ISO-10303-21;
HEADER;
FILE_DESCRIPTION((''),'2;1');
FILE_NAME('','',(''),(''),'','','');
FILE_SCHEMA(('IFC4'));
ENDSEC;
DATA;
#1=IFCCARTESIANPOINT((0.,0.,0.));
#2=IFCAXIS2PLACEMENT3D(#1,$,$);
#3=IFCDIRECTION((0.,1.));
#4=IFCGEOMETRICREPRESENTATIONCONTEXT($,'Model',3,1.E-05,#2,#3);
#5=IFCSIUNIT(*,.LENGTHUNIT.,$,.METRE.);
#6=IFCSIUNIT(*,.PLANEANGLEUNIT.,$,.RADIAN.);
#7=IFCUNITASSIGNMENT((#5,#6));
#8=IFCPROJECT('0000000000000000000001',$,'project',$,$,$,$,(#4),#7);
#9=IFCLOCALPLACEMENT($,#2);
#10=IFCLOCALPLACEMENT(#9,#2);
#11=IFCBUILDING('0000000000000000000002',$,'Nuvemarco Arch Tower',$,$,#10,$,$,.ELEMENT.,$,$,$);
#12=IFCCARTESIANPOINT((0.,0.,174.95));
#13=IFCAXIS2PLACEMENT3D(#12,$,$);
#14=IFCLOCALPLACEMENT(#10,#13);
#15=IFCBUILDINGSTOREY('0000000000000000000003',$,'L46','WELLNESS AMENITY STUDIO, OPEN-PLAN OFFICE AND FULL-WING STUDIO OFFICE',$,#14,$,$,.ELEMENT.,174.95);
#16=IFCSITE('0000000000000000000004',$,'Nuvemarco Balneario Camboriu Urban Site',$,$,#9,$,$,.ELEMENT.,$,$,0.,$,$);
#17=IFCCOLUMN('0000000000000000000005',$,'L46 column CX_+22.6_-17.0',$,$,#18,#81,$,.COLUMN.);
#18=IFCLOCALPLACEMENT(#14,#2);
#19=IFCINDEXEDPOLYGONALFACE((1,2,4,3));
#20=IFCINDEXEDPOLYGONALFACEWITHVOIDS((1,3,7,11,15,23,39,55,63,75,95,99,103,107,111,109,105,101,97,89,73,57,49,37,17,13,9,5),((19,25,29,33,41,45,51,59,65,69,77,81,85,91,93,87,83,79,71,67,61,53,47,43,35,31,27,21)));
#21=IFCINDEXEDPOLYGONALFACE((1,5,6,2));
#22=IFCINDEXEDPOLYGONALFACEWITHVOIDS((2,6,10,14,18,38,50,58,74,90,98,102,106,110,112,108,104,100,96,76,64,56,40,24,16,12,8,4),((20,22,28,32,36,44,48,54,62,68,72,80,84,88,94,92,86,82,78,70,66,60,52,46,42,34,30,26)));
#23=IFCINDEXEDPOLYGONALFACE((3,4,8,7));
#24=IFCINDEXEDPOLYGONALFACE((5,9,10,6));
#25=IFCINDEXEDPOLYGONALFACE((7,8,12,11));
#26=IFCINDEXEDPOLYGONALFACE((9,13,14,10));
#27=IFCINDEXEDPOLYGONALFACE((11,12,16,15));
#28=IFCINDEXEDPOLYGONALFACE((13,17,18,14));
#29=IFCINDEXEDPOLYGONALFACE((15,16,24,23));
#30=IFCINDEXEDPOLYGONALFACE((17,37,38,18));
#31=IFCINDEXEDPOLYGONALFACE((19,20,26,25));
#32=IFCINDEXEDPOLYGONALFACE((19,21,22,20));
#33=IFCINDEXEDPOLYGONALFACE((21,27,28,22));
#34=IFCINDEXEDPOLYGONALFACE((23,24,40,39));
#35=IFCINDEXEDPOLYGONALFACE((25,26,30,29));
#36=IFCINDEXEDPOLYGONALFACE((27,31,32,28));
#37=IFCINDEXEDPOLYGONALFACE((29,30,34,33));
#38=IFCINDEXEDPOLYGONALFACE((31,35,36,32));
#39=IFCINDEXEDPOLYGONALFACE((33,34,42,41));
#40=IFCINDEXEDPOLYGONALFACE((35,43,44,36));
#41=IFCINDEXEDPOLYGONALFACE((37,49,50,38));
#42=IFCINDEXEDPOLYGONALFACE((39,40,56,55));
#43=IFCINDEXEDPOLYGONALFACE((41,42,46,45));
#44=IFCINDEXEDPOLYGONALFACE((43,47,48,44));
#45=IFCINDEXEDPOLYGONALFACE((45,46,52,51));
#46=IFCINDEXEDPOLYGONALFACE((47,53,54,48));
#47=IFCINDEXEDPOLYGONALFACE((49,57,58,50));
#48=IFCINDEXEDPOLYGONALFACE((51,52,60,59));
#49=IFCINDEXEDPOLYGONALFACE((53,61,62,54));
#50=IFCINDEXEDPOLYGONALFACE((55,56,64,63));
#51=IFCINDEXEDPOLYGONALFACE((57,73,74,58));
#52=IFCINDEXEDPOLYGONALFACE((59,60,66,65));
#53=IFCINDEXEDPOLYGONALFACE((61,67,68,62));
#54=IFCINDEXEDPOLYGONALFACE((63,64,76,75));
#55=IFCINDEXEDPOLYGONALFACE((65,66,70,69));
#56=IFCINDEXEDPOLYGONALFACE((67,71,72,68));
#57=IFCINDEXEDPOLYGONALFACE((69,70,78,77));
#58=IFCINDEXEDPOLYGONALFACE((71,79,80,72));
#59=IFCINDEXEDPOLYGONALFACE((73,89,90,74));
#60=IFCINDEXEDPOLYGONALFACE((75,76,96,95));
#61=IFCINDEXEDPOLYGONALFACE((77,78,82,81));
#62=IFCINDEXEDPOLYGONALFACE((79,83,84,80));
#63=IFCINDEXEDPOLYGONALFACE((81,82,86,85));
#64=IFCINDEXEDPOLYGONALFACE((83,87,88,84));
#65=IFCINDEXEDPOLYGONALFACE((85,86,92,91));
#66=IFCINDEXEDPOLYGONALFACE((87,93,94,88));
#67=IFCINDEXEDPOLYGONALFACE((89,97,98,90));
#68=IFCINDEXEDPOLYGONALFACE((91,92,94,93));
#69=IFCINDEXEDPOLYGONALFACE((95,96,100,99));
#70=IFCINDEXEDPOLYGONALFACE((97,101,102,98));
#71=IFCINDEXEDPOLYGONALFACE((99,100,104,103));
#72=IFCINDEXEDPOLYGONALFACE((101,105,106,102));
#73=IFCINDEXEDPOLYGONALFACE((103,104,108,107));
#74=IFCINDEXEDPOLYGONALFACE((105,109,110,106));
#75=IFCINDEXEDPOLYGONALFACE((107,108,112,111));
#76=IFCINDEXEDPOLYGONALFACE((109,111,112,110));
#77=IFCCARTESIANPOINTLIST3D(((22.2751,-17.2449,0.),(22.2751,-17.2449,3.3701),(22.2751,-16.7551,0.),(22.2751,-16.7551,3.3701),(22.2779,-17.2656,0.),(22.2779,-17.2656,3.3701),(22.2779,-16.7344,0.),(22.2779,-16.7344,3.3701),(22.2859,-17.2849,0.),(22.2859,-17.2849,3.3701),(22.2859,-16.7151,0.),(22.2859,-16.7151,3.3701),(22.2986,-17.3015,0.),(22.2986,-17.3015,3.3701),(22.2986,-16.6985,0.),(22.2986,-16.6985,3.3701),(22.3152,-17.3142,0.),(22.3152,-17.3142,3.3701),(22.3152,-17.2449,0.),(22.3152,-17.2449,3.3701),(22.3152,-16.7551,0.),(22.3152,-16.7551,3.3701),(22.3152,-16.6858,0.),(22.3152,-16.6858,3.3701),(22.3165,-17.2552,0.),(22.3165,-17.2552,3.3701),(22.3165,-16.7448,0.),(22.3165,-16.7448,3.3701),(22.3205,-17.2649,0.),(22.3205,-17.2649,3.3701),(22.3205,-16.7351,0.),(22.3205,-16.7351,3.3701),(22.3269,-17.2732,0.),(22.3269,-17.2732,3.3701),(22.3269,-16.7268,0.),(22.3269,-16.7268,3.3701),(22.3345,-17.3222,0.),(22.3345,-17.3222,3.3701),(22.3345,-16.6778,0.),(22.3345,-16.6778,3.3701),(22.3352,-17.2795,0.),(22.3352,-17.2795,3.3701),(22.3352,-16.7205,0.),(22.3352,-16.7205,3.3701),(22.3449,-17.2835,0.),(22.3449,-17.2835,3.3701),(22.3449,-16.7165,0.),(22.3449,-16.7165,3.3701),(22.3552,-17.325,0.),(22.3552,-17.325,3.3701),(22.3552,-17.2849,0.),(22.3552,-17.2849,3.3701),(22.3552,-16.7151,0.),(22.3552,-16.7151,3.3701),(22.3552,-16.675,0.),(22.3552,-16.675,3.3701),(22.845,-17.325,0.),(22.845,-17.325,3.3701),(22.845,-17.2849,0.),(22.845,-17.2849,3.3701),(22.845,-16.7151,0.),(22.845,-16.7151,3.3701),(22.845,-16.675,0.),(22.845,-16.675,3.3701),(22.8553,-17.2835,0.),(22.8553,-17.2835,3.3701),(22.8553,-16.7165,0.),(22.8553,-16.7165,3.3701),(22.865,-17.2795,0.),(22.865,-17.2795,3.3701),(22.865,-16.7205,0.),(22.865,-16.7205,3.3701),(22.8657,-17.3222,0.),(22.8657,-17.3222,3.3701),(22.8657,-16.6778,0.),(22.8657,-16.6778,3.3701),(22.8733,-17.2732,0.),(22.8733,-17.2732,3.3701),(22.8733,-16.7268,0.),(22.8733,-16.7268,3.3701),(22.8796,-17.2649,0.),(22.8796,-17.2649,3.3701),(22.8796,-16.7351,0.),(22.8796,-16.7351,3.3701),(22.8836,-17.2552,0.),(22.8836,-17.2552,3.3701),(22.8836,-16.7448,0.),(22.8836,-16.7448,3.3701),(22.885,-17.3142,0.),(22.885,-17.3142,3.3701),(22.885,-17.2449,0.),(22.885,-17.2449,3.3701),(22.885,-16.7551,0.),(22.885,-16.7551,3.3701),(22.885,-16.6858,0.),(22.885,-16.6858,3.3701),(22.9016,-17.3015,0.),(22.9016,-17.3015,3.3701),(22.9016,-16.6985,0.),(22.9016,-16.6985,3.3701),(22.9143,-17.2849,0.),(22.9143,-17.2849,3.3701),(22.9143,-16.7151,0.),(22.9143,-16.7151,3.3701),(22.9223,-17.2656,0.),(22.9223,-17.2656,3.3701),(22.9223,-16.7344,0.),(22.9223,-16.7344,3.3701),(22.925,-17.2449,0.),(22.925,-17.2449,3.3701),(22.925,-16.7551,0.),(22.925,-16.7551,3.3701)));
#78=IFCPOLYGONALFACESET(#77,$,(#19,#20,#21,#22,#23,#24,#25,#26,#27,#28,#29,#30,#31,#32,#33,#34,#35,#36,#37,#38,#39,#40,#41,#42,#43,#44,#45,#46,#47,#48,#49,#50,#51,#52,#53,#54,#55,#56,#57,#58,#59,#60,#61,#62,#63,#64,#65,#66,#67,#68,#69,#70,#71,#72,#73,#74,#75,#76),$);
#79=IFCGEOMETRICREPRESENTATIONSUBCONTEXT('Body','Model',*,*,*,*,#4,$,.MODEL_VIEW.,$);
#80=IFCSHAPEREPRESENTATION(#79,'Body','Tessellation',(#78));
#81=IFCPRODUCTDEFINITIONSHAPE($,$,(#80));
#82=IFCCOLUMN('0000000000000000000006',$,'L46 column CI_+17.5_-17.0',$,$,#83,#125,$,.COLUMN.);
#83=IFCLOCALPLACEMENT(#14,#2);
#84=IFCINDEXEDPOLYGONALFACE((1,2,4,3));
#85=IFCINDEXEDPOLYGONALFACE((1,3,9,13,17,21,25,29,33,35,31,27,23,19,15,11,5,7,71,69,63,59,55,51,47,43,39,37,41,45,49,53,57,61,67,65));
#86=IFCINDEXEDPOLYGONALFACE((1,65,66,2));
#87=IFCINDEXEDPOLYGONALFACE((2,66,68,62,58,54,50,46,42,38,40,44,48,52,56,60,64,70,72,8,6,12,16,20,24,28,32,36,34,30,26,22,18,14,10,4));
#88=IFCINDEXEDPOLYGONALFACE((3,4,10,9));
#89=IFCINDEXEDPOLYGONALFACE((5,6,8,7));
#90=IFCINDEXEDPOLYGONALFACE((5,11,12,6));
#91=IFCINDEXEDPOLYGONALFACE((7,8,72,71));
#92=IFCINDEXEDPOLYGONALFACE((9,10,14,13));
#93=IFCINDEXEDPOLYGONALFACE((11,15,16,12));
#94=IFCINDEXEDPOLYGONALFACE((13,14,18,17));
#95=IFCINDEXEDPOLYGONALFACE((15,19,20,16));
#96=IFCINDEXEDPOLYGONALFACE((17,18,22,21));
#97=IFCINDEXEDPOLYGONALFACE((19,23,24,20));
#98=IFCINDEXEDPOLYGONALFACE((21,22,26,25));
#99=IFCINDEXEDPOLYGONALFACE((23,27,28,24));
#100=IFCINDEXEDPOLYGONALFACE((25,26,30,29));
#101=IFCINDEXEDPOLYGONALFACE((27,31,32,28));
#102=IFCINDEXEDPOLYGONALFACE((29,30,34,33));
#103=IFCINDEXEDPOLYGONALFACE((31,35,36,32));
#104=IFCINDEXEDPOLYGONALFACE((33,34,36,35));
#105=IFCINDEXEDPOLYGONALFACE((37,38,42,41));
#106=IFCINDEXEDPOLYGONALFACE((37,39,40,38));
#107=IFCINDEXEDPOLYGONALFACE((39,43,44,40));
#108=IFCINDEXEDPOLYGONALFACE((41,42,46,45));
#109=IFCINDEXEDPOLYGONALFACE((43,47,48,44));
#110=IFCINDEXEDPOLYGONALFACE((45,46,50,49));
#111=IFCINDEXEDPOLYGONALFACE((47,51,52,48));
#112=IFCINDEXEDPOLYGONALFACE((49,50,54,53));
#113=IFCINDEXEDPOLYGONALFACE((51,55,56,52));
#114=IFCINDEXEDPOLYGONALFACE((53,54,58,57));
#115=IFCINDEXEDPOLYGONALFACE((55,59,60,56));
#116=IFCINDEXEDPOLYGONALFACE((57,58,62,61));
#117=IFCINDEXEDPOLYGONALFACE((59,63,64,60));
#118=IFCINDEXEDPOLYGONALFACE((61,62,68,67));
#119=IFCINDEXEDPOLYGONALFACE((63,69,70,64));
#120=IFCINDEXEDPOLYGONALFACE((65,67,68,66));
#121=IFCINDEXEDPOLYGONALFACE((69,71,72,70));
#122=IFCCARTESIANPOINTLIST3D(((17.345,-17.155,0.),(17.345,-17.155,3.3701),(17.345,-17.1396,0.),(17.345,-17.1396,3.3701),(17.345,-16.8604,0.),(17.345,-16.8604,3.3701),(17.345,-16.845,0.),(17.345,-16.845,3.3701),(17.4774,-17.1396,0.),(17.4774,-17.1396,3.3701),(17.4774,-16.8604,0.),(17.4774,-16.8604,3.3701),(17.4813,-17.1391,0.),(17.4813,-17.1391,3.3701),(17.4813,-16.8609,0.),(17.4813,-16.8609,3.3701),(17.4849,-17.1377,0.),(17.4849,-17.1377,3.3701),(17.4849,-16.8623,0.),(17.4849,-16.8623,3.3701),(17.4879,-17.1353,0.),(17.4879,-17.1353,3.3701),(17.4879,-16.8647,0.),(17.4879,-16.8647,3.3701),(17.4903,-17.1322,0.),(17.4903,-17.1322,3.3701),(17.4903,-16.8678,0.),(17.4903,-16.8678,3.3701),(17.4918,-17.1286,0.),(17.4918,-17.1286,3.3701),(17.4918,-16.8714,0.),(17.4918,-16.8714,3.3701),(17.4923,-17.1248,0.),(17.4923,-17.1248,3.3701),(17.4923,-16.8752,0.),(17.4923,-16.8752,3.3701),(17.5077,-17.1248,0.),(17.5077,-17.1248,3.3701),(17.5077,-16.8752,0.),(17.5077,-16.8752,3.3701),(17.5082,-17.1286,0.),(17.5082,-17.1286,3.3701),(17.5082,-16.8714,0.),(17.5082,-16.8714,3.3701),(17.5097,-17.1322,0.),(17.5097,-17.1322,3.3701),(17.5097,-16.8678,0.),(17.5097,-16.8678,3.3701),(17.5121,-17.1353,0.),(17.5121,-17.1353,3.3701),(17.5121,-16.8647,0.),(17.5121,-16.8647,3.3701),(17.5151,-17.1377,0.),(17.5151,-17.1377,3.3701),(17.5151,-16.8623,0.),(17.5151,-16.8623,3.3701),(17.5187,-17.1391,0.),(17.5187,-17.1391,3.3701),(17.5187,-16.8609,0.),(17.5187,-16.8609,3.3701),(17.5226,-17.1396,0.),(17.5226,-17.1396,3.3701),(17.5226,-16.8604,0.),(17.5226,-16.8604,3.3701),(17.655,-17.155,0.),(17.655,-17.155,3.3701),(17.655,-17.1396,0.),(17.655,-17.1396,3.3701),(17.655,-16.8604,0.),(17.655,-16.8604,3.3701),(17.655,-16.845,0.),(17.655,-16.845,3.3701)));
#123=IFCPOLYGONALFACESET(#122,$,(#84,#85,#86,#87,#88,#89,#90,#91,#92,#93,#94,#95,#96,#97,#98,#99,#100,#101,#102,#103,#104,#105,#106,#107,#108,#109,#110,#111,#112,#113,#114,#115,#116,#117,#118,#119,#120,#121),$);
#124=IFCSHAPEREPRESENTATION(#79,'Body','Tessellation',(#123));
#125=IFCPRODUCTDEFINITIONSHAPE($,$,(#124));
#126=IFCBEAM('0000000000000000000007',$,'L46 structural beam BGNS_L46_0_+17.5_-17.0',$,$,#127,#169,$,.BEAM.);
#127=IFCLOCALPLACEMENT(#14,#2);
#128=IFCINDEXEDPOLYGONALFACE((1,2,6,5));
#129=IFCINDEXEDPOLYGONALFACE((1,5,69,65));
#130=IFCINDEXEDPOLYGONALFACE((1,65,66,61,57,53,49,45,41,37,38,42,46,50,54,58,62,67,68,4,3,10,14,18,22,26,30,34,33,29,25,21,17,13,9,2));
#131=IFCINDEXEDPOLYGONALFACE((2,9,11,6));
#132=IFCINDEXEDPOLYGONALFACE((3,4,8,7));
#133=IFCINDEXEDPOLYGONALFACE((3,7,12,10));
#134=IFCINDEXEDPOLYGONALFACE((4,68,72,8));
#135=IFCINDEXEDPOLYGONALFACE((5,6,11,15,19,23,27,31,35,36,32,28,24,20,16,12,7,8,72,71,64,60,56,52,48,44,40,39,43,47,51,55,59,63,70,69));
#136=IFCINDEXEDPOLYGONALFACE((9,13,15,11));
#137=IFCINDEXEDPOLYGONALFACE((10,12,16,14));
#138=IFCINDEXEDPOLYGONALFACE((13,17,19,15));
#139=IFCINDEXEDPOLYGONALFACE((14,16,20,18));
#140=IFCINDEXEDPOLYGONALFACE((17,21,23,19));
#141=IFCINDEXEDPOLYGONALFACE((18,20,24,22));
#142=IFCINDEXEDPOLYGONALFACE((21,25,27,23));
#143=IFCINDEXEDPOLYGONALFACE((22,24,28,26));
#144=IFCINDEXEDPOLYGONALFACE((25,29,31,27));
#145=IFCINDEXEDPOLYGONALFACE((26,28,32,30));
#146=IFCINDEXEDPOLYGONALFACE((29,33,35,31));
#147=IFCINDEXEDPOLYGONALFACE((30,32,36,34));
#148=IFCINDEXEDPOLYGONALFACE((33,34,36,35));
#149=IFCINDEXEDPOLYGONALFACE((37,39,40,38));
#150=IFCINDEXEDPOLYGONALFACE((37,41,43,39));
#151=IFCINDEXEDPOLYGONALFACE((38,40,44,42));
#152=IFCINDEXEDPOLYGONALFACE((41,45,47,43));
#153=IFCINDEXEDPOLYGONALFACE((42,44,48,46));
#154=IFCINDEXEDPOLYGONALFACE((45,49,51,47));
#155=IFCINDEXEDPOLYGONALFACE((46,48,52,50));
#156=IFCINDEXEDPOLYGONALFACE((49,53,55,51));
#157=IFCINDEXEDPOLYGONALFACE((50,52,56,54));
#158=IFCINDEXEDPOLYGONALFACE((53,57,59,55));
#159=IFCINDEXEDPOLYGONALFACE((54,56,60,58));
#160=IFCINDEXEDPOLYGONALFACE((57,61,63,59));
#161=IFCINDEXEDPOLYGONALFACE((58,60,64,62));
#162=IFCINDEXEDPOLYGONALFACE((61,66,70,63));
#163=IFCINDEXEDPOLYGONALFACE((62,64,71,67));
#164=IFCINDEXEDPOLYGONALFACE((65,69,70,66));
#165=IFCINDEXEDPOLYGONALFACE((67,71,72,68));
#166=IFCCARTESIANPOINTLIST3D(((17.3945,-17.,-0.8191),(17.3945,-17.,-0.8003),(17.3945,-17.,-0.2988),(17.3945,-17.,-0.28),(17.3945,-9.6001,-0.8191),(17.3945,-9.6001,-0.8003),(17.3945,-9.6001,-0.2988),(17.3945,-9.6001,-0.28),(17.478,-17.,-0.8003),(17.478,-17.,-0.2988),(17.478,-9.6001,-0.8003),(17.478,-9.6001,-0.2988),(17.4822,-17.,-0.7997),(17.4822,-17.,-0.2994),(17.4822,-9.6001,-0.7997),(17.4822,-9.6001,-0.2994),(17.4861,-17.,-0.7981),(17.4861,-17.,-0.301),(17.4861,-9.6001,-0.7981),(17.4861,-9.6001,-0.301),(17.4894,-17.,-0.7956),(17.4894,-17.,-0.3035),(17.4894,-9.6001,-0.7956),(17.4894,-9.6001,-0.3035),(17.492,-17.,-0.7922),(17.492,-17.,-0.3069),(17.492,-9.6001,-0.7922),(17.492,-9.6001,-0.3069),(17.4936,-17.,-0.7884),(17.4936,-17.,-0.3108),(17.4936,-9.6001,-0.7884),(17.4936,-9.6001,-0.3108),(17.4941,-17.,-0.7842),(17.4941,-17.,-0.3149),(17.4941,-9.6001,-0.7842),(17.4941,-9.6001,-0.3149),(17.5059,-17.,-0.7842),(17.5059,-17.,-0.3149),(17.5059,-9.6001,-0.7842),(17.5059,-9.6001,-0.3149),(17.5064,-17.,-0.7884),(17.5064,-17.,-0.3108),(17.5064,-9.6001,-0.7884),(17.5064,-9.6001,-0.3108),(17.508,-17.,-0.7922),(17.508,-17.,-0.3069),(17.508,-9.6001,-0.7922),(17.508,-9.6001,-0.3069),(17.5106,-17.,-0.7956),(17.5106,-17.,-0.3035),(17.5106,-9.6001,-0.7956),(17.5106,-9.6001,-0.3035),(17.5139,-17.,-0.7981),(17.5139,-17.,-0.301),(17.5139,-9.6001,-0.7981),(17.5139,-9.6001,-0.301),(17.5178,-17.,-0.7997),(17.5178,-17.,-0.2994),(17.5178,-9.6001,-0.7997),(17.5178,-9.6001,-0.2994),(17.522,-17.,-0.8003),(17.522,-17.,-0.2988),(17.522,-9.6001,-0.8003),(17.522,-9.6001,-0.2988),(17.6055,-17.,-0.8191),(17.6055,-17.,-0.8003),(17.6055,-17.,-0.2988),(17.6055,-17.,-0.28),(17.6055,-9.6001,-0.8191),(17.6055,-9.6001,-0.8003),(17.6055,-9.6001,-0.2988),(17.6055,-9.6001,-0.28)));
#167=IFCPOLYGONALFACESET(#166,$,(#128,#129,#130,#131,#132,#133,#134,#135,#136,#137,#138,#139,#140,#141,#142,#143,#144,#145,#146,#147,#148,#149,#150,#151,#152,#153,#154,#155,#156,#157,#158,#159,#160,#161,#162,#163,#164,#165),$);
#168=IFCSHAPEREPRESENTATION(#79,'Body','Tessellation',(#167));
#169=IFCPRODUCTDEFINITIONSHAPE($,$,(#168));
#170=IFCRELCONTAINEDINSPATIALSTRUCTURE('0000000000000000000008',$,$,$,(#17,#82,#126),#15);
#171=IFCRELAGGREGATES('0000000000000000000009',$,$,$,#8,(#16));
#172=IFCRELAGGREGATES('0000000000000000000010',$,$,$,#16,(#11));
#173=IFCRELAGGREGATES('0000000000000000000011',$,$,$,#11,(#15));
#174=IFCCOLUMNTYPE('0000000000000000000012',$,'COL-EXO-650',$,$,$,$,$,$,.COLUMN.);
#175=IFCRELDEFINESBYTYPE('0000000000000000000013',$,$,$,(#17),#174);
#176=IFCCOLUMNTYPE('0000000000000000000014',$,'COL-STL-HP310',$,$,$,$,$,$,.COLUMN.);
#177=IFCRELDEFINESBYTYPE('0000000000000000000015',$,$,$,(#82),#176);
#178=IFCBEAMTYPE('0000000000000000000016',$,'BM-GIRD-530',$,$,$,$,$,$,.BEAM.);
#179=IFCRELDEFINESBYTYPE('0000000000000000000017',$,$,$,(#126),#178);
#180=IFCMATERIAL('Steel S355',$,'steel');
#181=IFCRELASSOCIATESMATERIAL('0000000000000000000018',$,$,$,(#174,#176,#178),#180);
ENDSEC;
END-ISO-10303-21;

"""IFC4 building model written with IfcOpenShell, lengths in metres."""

from ifc_helpers import new_model, si_unit, direction, frame, origin, origin_2d, place, context, subcontext, project, spatial, hollow_rectangle, i_section, extrude, material, material_profile, profile_set, type_object, element, save


model = new_model("IFC4")

# Units and contexts
model_context = context("Model", 3, precision=1e-05, world=origin(), true_north=direction((0.0, 1.0)))
body_context = subcontext(model_context, "Body", "Model", "MODEL_VIEW")
ifc_project = project(units=[si_unit("LENGTHUNIT", "METRE"), si_unit("PLANEANGLEUNIT", "RADIAN")], contexts=[model_context])

# Site, building, storey
site_placement = place(None, origin())
site = spatial("IfcSite", under=ifc_project, at=site_placement, Name="Nuvemarco Balneario Camboriu Urban Site", CompositionType="ELEMENT", RefElevation=0.0)
building_placement = place(site_placement, origin())
building = spatial("IfcBuilding", under=site, at=building_placement, Name="Nuvemarco Arch Tower", CompositionType="ELEMENT")
storey_placement = place(building_placement, frame((0.0, 0.0, 174.95)))
storey = spatial("IfcBuildingStorey", under=building, at=storey_placement, Name="L46", Description="WELLNESS AMENITY STUDIO, OPEN-PLAN OFFICE AND FULL-WING STUDIO OFFICE", CompositionType="ELEMENT", Elevation=174.95)

# Columns
ifc_material_1 = material(Name="Steel S355", Category="steel")
ifc_material_profile_1 = material_profile(ifc_material_1, hollow_rectangle(XDim=0.6499, YDim=0.6499, WallThickness=0.04, InnerFilletRadius=0.04, OuterFilletRadius=0.0801, at=origin_2d()), Name="SHS650x650x40")
ifc_profile_set_1 = profile_set([ifc_material_profile_1], Name="Steel S355")
column_type_1 = type_object("IfcColumnType", Name="COL-EXO-650", PredefinedType="COLUMN", material=ifc_profile_set_1)
column_1_placement = place(storey_placement, frame((22.6001, -17.0, 0.0), z_axis=(0.0, 0.0, 1.0), x_axis=(1.0, 0.0, 0.0)))
element("IfcColumn", 1, at=column_1_placement, inside=storey, type_object=column_type_1, Name="L46 column CX_+22.6_-17.0", PredefinedType="COLUMN", context=body_context, shape_type="SweptSolid", body=[
    extrude(hollow_rectangle(XDim=0.6499, YDim=0.6499, WallThickness=0.04, InnerFilletRadius=0.04, OuterFilletRadius=0.0801, at=origin_2d()), origin(), (0.0, 0.0, 1.0), 3.3701),
])
ifc_material_profile_2 = material_profile(ifc_material_1, i_section(OverallWidth=0.3101, OverallDepth=0.3101, WebThickness=0.0154, FlangeThickness=0.0154, FilletRadius=0.0149, at=origin_2d()), Name="HP310x110")
ifc_profile_set_2 = profile_set([ifc_material_profile_2], Name="Steel S355")
column_type_2 = type_object("IfcColumnType", Name="COL-STL-HP310", PredefinedType="COLUMN", material=ifc_profile_set_2)
column_2_placement = place(storey_placement, frame((17.5, -17.0, 0.0), z_axis=(0.0, 0.0, 1.0), x_axis=(1.0, 0.0, 0.0)))
element("IfcColumn", 2, at=column_2_placement, inside=storey, type_object=column_type_2, Name="L46 column CI_+17.5_-17.0", PredefinedType="COLUMN", context=body_context, shape_type="SweptSolid", body=[
    extrude(i_section(OverallWidth=0.3101, OverallDepth=0.3101, WebThickness=0.0154, FlangeThickness=0.0154, FilletRadius=0.0149, at=origin_2d()), origin(), (0.0, 0.0, 1.0), 3.3701),
])

# Beam
ifc_material_profile_3 = material_profile(ifc_material_1, i_section(OverallWidth=0.2109, OverallDepth=0.5391, WebThickness=0.0117, FlangeThickness=0.0188, FilletRadius=0.0161, at=origin_2d()), Name="W530x109")
ifc_profile_set_3 = profile_set([ifc_material_profile_3], Name="Steel S355")
beam_type_1 = type_object("IfcBeamType", Name="BM-GIRD-530", PredefinedType="BEAM", material=ifc_profile_set_3)
beam_1_placement = place(storey_placement, frame((17.5, -17.0, -0.5496), z_axis=(0.0, 1.0, 0.0), x_axis=(-1.0, 0.0, 0.0)))
element("IfcBeam", 3, at=beam_1_placement, inside=storey, type_object=beam_type_1, Name="L46 structural beam BGNS_L46_0_+17.5_-17.0", PredefinedType="BEAM", context=body_context, shape_type="SweptSolid", body=[
    extrude(i_section(OverallWidth=0.2109, OverallDepth=0.5391, WebThickness=0.0117, FlangeThickness=0.0188, FilletRadius=0.0161, at=origin_2d()), origin(), (0.0, 0.0, 1.0), 7.3999),
])

save(model, "model.ifc")
